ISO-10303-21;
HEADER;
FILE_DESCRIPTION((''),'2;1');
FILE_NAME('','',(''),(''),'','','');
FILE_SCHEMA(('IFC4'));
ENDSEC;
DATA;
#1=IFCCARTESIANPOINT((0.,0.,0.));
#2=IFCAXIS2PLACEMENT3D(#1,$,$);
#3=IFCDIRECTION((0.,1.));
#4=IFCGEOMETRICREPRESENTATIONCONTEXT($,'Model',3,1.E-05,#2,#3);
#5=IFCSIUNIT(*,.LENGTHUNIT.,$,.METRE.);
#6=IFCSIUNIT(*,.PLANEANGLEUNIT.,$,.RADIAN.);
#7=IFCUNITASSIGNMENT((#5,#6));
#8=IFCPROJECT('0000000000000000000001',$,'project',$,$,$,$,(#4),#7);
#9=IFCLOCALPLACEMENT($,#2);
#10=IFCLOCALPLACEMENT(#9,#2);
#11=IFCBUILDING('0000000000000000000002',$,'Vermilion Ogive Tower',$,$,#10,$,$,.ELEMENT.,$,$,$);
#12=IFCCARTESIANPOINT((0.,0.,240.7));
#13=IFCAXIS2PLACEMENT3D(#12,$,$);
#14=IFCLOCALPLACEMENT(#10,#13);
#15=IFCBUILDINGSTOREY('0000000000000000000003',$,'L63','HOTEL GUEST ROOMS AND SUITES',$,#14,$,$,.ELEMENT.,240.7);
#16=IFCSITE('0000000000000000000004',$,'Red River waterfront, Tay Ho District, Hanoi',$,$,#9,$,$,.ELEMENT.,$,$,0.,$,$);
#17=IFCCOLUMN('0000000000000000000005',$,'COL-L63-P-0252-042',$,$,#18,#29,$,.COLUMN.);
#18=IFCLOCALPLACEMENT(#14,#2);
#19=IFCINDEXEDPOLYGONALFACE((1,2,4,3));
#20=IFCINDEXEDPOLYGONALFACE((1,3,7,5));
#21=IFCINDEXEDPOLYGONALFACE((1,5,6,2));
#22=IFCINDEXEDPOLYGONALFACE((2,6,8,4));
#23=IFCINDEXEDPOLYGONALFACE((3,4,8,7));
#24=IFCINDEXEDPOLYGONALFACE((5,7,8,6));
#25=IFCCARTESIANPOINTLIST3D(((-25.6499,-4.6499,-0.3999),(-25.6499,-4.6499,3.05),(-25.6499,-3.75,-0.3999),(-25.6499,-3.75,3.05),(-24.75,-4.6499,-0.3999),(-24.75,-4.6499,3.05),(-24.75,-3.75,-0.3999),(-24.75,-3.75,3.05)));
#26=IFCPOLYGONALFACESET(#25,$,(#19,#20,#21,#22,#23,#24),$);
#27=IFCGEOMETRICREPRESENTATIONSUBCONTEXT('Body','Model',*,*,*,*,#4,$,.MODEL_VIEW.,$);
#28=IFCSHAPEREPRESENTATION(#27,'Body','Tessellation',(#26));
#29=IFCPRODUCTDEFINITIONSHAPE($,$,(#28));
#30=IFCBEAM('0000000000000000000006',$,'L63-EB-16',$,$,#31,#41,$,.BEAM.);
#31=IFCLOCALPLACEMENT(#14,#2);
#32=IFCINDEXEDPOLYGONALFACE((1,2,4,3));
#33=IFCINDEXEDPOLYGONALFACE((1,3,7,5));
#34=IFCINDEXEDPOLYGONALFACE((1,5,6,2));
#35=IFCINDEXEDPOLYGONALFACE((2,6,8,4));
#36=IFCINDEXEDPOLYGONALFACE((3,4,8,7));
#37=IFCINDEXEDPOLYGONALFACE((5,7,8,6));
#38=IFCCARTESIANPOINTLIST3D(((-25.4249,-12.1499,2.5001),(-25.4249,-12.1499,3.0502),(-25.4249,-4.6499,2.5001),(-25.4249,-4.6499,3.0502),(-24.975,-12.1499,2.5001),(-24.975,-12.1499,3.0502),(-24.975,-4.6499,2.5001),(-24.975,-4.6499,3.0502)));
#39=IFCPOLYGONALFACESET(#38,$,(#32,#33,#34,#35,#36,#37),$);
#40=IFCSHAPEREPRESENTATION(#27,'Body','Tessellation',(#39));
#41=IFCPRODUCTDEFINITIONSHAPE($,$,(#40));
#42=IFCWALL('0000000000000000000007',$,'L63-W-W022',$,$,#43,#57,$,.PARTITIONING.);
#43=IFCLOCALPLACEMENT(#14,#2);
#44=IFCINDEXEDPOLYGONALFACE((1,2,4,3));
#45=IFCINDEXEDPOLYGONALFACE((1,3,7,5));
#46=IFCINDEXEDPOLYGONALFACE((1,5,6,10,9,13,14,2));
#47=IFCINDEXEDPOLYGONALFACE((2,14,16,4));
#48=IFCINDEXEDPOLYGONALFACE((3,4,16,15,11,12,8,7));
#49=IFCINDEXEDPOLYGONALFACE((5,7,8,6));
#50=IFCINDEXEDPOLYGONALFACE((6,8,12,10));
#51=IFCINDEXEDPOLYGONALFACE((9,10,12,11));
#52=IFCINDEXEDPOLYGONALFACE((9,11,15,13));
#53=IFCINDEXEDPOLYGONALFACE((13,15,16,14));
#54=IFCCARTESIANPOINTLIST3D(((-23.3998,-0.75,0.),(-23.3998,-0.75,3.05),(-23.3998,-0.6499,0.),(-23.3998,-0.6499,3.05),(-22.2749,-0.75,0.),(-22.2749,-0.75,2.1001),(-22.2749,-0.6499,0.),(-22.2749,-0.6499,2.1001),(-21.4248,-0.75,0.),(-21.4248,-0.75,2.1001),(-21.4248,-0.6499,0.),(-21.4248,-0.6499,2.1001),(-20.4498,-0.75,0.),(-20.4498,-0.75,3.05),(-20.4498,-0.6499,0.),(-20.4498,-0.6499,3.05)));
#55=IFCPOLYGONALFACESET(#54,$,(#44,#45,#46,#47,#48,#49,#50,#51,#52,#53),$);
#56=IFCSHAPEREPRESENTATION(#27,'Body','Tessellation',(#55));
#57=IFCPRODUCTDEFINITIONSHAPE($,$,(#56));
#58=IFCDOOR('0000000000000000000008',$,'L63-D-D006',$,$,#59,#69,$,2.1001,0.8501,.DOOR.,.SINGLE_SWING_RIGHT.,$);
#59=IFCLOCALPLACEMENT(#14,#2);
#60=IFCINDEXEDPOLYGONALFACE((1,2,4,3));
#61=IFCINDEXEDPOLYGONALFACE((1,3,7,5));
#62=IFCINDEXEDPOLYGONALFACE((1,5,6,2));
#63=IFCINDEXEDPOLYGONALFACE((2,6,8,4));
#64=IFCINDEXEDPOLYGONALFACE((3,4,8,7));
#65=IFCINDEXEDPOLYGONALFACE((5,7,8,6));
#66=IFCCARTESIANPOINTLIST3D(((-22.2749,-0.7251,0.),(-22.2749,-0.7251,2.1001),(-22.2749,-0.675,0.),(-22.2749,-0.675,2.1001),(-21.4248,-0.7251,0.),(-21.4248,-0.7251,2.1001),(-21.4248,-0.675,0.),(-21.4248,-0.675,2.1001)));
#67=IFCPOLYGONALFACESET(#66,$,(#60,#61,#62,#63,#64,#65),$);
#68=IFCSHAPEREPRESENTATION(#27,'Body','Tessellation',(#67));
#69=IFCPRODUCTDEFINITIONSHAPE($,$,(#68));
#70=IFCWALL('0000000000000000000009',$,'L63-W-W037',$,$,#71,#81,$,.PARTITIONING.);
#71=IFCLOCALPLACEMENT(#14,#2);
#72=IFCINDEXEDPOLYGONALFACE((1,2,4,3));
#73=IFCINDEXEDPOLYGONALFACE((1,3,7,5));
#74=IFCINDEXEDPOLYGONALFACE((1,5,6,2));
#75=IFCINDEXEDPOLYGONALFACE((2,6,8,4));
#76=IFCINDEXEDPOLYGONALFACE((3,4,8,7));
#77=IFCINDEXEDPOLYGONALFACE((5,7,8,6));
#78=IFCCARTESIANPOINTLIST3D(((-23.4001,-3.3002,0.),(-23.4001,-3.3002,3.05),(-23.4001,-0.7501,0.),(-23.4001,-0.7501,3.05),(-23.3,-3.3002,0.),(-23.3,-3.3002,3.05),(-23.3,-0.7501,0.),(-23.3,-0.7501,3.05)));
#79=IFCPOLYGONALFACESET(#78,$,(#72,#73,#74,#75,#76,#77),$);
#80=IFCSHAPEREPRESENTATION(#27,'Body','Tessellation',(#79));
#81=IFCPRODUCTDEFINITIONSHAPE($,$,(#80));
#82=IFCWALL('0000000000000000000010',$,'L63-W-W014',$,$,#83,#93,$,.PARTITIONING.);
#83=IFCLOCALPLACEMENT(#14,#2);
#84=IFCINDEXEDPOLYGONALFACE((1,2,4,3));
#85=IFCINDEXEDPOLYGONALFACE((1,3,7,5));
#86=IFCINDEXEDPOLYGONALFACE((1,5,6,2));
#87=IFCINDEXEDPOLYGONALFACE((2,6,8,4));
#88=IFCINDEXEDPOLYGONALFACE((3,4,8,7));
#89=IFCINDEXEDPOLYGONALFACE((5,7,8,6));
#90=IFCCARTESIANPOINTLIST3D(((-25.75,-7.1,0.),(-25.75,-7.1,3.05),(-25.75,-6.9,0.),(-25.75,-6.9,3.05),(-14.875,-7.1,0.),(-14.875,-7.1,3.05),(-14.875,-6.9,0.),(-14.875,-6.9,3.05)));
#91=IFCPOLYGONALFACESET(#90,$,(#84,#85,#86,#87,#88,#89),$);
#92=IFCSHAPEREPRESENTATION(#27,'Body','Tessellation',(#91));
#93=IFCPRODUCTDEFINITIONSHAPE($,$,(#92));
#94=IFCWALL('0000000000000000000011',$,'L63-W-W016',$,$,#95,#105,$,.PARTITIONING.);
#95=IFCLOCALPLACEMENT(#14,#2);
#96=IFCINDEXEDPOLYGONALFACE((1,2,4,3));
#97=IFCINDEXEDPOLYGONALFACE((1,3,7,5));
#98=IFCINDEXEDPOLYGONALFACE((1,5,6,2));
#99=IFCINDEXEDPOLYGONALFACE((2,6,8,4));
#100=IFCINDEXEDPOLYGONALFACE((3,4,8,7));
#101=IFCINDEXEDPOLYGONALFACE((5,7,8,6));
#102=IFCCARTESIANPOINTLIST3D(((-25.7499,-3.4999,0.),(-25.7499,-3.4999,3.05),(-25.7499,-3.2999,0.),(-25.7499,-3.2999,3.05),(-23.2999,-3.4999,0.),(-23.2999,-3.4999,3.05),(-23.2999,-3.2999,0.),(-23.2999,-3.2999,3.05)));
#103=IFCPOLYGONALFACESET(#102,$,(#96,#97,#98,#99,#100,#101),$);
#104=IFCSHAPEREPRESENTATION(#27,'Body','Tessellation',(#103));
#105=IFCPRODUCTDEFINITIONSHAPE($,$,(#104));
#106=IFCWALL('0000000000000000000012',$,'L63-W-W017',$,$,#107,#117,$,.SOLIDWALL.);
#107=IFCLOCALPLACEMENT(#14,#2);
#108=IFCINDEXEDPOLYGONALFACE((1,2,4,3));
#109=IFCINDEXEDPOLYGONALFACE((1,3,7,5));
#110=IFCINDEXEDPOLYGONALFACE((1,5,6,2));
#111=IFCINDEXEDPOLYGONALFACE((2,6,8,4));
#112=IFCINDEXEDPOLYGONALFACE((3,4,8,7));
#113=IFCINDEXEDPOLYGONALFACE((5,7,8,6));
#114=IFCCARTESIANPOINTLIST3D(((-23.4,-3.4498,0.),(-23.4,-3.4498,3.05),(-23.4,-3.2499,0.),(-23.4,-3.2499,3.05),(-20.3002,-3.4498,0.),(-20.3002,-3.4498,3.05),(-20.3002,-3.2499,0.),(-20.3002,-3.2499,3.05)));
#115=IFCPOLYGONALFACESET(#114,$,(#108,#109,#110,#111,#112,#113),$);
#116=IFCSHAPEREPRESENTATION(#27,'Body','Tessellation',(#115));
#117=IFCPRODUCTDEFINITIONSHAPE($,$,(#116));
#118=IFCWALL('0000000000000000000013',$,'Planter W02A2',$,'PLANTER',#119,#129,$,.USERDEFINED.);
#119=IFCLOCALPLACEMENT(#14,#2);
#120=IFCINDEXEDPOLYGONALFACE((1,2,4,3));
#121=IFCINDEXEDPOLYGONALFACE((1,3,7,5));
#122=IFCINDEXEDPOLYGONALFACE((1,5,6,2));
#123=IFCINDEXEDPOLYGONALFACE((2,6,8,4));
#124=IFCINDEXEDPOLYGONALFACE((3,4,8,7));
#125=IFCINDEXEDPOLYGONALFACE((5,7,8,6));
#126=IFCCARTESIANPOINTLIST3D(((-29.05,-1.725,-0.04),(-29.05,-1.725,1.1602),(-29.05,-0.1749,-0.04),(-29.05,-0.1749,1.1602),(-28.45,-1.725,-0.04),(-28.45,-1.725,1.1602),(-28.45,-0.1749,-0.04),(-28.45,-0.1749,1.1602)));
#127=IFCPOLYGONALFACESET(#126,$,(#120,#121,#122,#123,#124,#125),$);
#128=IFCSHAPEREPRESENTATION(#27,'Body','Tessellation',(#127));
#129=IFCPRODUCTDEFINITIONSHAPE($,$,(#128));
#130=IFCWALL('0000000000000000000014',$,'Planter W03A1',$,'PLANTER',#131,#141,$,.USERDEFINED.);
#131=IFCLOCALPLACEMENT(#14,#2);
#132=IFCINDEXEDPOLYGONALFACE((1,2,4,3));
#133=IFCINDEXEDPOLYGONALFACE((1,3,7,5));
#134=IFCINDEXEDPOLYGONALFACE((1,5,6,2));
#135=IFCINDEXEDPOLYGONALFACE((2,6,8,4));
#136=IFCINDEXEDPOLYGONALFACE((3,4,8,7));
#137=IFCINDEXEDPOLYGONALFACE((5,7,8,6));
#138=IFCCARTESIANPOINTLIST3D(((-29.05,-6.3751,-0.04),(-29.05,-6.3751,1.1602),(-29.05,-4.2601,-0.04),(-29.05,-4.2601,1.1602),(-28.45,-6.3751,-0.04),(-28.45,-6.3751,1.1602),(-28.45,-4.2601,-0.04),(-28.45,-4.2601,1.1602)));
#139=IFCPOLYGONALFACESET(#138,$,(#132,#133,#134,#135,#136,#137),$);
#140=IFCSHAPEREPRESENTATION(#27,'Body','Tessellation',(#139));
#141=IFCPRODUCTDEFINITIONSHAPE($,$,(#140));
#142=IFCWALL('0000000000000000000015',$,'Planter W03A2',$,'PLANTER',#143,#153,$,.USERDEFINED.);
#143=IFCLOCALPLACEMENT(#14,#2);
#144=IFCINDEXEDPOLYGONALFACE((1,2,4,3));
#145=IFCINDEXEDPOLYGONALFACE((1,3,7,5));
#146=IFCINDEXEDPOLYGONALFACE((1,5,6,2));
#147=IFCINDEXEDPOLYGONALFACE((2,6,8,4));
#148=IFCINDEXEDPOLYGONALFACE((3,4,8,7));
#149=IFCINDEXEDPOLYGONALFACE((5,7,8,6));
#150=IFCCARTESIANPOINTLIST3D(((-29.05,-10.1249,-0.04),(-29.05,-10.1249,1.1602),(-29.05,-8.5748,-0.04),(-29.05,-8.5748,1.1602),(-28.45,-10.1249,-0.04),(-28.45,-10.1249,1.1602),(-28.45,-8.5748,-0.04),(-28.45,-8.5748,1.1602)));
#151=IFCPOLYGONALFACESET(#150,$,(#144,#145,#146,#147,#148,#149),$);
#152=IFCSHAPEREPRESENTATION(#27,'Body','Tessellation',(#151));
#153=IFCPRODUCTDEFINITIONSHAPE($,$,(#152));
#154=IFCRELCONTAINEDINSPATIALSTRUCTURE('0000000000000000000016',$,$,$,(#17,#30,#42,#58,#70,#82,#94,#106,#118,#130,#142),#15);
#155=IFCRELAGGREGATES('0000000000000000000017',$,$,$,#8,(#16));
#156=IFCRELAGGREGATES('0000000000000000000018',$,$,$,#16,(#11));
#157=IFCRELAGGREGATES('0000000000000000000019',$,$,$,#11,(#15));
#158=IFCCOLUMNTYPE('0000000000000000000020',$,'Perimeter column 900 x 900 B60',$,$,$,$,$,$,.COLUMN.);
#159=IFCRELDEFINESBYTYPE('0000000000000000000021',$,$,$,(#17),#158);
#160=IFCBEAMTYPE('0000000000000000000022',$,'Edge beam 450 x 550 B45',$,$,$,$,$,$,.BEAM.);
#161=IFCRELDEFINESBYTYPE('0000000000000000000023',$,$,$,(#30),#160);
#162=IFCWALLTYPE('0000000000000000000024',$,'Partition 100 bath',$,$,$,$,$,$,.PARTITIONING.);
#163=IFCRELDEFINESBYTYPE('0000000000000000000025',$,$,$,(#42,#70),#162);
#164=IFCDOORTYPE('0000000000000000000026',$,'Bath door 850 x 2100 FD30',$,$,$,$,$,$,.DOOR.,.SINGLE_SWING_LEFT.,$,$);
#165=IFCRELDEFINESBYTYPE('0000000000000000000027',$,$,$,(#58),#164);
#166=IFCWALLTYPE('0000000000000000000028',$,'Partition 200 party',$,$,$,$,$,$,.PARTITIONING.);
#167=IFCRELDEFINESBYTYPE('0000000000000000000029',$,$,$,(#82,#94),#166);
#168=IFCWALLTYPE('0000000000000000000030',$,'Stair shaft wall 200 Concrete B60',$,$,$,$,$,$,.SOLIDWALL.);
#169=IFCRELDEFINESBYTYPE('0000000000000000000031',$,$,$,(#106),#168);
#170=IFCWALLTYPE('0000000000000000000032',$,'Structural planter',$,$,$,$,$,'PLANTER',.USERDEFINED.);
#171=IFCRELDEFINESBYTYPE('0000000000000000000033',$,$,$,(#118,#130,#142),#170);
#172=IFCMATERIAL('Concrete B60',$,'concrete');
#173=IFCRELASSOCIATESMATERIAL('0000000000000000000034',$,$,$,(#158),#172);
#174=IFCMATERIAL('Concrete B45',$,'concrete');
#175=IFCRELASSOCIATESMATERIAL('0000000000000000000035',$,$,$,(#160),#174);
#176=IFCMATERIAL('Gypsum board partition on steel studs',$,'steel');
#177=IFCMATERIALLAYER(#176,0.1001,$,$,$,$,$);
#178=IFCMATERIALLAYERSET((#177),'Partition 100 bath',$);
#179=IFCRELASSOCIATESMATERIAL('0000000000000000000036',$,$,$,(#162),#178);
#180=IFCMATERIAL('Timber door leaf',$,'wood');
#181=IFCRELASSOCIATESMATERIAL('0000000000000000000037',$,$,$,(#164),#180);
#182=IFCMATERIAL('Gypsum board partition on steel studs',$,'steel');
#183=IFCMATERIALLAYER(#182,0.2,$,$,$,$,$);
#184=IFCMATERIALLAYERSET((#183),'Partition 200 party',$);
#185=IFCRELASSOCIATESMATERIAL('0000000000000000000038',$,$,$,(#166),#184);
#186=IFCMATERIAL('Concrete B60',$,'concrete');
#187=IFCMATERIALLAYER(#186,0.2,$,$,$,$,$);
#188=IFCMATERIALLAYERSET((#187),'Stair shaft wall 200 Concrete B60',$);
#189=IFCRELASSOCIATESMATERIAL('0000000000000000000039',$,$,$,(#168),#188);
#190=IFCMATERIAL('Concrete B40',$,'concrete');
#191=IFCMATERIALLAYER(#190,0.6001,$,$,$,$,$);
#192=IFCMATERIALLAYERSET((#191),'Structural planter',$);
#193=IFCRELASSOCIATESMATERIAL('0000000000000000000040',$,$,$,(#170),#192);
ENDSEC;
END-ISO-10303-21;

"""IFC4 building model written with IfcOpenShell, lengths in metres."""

from ifc_helpers import new_model, si_unit, direction, frame, frame_2d, origin, origin_2d, place, context, subcontext, project, spatial, rectangle, extrude, material, layer, layer_set, material_profile, profile_set, type_object, element, fill, save


model = new_model("IFC4")

# Units and contexts
model_context = context("Model", 3, precision=1e-05, world=origin(), true_north=direction((0.0, 1.0)))
body_context = subcontext(model_context, "Body", "Model", "MODEL_VIEW")
ifc_project = project(units=[si_unit("LENGTHUNIT", "METRE"), si_unit("PLANEANGLEUNIT", "RADIAN")], contexts=[model_context])

# Site, building, storey
site_placement = place(None, origin())
site = spatial("IfcSite", under=ifc_project, at=site_placement, Name="Red River waterfront, Tay Ho District, Hanoi", CompositionType="ELEMENT", RefElevation=0.0)
building_placement = place(site_placement, origin())
building = spatial("IfcBuilding", under=site, at=building_placement, Name="Vermilion Ogive Tower", CompositionType="ELEMENT")
storey_placement = place(building_placement, frame((0.0, 0.0, 240.7)))
storey = spatial("IfcBuildingStorey", under=building, at=storey_placement, Name="L63", Description="HOTEL GUEST ROOMS AND SUITES", CompositionType="ELEMENT", Elevation=240.7)

# Column
ifc_material_1 = material(Name="Concrete B60", Category="concrete")
ifc_material_profile_1 = material_profile(ifc_material_1, rectangle(XDim=0.8999, YDim=0.8999, at=origin_2d()), Name="900 x 900")
ifc_profile_set_1 = profile_set([ifc_material_profile_1], Name="Concrete B60")
column_type = type_object("IfcColumnType", Name="Perimeter column 900 x 900 B60", PredefinedType="COLUMN", material=ifc_profile_set_1)
column_placement = place(storey_placement, frame((-25.2, -4.2, -0.3999), z_axis=(0.0, 0.0, 1.0), x_axis=(1.0, 0.0, 0.0)))
element("IfcColumn", 1, at=column_placement, inside=storey, type_object=column_type, Name="COL-L63-P-0252-042", PredefinedType="COLUMN", context=body_context, shape_type="SweptSolid", body=[
    extrude(rectangle(XDim=0.8999, YDim=0.8999, at=origin_2d()), origin(), (0.0, 0.0, 1.0), 3.45),
])

# Beam
ifc_material_2 = material(Name="Concrete B45", Category="concrete")
ifc_material_profile_2 = material_profile(ifc_material_2, rectangle(XDim=0.45, YDim=0.55, at=origin_2d()), Name="450 x 550")
ifc_profile_set_2 = profile_set([ifc_material_profile_2], Name="Concrete B45")
beam_type = type_object("IfcBeamType", Name="Edge beam 450 x 550 B45", PredefinedType="BEAM", material=ifc_profile_set_2)
beam_placement = place(storey_placement, frame((-25.2, -4.6499, 2.7751), z_axis=(0.0, -1.0, 0.0), x_axis=(1.0, 0.0, 0.0)))
element("IfcBeam", 2, at=beam_placement, inside=storey, type_object=beam_type, Name="L63-EB-16", PredefinedType="BEAM", context=body_context, shape_type="SweptSolid", body=[
    extrude(rectangle(XDim=0.45, YDim=0.55, at=origin_2d()), origin(), (0.0, 0.0, 1.0), 7.5),
])

# Wall, opening, door
ifc_material_3 = material(Name="Gypsum board partition on steel studs", Category="steel")
ifc_layer_1 = layer(ifc_material_3, 0.1001)
ifc_layer_set_1 = layer_set([ifc_layer_1], Name="Partition 100 bath")
wall_type_1 = type_object("IfcWallType", Name="Partition 100 bath", PredefinedType="PARTITIONING", material=ifc_layer_set_1)
wall_1_placement = place(storey_placement, frame((-23.3999, -0.7, 0.0), z_axis=(0.0, 0.0, 1.0), x_axis=(1.0, 0.0, 0.0)))
wall_1 = element("IfcWall", 3, at=wall_1_placement, inside=storey, type_object=wall_type_1, Name="L63-W-W022", PredefinedType="PARTITIONING", context=body_context, shape_type="SweptSolid", body=[
    extrude(rectangle(XDim=2.95, YDim=0.1001, at=frame_2d((1.4751, 0.0))), origin(), (0.0, 0.0, 1.0), 3.05),
])
opening_1_placement = place(wall_1_placement, frame((1.125, 0.0, 0.0)))
opening_1 = element("IfcOpeningElement", 4, at=opening_1_placement, cuts=wall_1, PredefinedType="OPENING", context=body_context, shape_type="SweptSolid", body=[
    extrude(rectangle(XDim=0.8501, YDim=2.1001, at=frame_2d((0.425, 1.05))), frame((0.0, 0.0601, 0.0), z_axis=(0.0, -1.0, 0.0), x_axis=(1.0, 0.0, 0.0)), (0.0, 0.0, 1.0), 0.1201),
])
ifc_material_4 = material(Name="Timber door leaf", Category="wood")
door_type_1 = type_object("IfcDoorType", Name="Bath door 850 x 2100 FD30", OperationType="SINGLE_SWING_LEFT", PredefinedType="DOOR", material=ifc_material_4)
door_1_placement = place(opening_1_placement, origin())
door_1 = element("IfcDoor", 5, at=door_1_placement, inside=storey, type_object=door_type_1, Name="L63-D-D006", OperationType="SINGLE_SWING_RIGHT", OverallHeight=2.1001, OverallWidth=0.8501, PredefinedType="DOOR", context=body_context, shape_type="SweptSolid", body=[
    extrude(rectangle(XDim=0.8501, YDim=2.1001, at=frame_2d((0.425, 1.05))), frame((0.0, 0.0249, 0.0), z_axis=(0.0, -1.0, 0.0), x_axis=(1.0, 0.0, 0.0)), (0.0, 0.0, 1.0), 0.05),
])
fill(opening_1, door_1)

# Walls
wall_2_placement = place(storey_placement, frame((-23.3501, -3.3, 0.0), z_axis=(0.0, 0.0, 1.0), x_axis=(0.0, 1.0, 0.0)))
element("IfcWall", 6, at=wall_2_placement, inside=storey, type_object=wall_type_1, Name="L63-W-W037", PredefinedType="PARTITIONING", context=body_context, shape_type="SweptSolid", body=[
    extrude(rectangle(XDim=2.55, YDim=0.1001, at=frame_2d((1.2749, 0.0))), origin(), (0.0, 0.0, 1.0), 3.05),
])
ifc_material_5 = material(Name="Gypsum board partition on steel studs", Category="steel")
ifc_layer_2 = layer(ifc_material_5, 0.2)
ifc_layer_set_2 = layer_set([ifc_layer_2], Name="Partition 200 party")
wall_type_2 = type_object("IfcWallType", Name="Partition 200 party", PredefinedType="PARTITIONING", material=ifc_layer_set_2)
wall_3_placement = place(storey_placement, frame((-25.75, -7.0, 0.0), z_axis=(0.0, 0.0, 1.0), x_axis=(1.0, 0.0, 0.0)))
element("IfcWall", 7, at=wall_3_placement, inside=storey, type_object=wall_type_2, Name="L63-W-W014", PredefinedType="PARTITIONING", context=body_context, shape_type="SweptSolid", body=[
    extrude(rectangle(XDim=10.875, YDim=0.2, at=frame_2d((5.4375, 0.0))), origin(), (0.0, 0.0, 1.0), 3.05),
])
wall_4_placement = place(storey_placement, frame((-25.75, -3.3999, 0.0), z_axis=(0.0, 0.0, 1.0), x_axis=(1.0, 0.0, 0.0)))
element("IfcWall", 8, at=wall_4_placement, inside=storey, type_object=wall_type_2, Name="L63-W-W016", PredefinedType="PARTITIONING", context=body_context, shape_type="SweptSolid", body=[
    extrude(rectangle(XDim=2.45, YDim=0.2, at=frame_2d((1.2251, 0.0))), origin(), (0.0, 0.0, 1.0), 3.05),
])
ifc_material_6 = material(Name="Concrete B60", Category="concrete")
ifc_layer_3 = layer(ifc_material_6, 0.2)
ifc_layer_set_3 = layer_set([ifc_layer_3], Name="Stair shaft wall 200 Concrete B60")
wall_type_3 = type_object("IfcWallType", Name="Stair shaft wall 200 Concrete B60", PredefinedType="SOLIDWALL", material=ifc_layer_set_3)
wall_5_placement = place(storey_placement, frame((-23.3999, -3.3499, 0.0), z_axis=(0.0, 0.0, 1.0), x_axis=(1.0, 0.0, 0.0)))
element("IfcWall", 9, at=wall_5_placement, inside=storey, type_object=wall_type_3, Name="L63-W-W017", PredefinedType="SOLIDWALL", context=body_context, shape_type="SweptSolid", body=[
    extrude(rectangle(XDim=3.0999, YDim=0.2, at=frame_2d((1.5498, 0.0))), origin(), (0.0, 0.0, 1.0), 3.05),
])
ifc_material_7 = material(Name="Concrete B40", Category="concrete")
ifc_layer_4 = layer(ifc_material_7, 0.6001)
ifc_layer_set_4 = layer_set([ifc_layer_4], Name="Structural planter")
wall_type_4 = type_object("IfcWallType", Name="Structural planter", ElementType="PLANTER", PredefinedType="USERDEFINED", material=ifc_layer_set_4)
wall_6_placement = place(storey_placement, frame((-28.75, -0.175, -0.04), z_axis=(0.0, 0.0, 1.0), x_axis=(0.0, -1.0, 0.0)))
element("IfcWall", 10, at=wall_6_placement, inside=storey, type_object=wall_type_4, Name="Planter W02A2", ObjectType="PLANTER", PredefinedType="USERDEFINED", context=body_context, shape_type="SweptSolid", body=[
    extrude(rectangle(XDim=1.55, YDim=0.6001, at=frame_2d((0.7749, 0.0))), origin(), (0.0, 0.0, 1.0), 1.2002),
])
wall_7_placement = place(storey_placement, frame((-28.75, -4.26, -0.04), z_axis=(0.0, 0.0, 1.0), x_axis=(0.0, -1.0, 0.0)))
element("IfcWall", 11, at=wall_7_placement, inside=storey, type_object=wall_type_4, Name="Planter W03A1", ObjectType="PLANTER", PredefinedType="USERDEFINED", context=body_context, shape_type="SweptSolid", body=[
    extrude(rectangle(XDim=2.115, YDim=0.6001, at=frame_2d((1.0576, 0.0))), origin(), (0.0, 0.0, 1.0), 1.2002),
])
wall_8_placement = place(storey_placement, frame((-28.75, -8.575, -0.04), z_axis=(0.0, 0.0, 1.0), x_axis=(0.0, -1.0, 0.0)))
element("IfcWall", 12, at=wall_8_placement, inside=storey, type_object=wall_type_4, Name="Planter W03A2", ObjectType="PLANTER", PredefinedType="USERDEFINED", context=body_context, shape_type="SweptSolid", body=[
    extrude(rectangle(XDim=1.55, YDim=0.6001, at=frame_2d((0.7749, 0.0))), origin(), (0.0, 0.0, 1.0), 1.2002),
])

save(model, "model.ifc")
